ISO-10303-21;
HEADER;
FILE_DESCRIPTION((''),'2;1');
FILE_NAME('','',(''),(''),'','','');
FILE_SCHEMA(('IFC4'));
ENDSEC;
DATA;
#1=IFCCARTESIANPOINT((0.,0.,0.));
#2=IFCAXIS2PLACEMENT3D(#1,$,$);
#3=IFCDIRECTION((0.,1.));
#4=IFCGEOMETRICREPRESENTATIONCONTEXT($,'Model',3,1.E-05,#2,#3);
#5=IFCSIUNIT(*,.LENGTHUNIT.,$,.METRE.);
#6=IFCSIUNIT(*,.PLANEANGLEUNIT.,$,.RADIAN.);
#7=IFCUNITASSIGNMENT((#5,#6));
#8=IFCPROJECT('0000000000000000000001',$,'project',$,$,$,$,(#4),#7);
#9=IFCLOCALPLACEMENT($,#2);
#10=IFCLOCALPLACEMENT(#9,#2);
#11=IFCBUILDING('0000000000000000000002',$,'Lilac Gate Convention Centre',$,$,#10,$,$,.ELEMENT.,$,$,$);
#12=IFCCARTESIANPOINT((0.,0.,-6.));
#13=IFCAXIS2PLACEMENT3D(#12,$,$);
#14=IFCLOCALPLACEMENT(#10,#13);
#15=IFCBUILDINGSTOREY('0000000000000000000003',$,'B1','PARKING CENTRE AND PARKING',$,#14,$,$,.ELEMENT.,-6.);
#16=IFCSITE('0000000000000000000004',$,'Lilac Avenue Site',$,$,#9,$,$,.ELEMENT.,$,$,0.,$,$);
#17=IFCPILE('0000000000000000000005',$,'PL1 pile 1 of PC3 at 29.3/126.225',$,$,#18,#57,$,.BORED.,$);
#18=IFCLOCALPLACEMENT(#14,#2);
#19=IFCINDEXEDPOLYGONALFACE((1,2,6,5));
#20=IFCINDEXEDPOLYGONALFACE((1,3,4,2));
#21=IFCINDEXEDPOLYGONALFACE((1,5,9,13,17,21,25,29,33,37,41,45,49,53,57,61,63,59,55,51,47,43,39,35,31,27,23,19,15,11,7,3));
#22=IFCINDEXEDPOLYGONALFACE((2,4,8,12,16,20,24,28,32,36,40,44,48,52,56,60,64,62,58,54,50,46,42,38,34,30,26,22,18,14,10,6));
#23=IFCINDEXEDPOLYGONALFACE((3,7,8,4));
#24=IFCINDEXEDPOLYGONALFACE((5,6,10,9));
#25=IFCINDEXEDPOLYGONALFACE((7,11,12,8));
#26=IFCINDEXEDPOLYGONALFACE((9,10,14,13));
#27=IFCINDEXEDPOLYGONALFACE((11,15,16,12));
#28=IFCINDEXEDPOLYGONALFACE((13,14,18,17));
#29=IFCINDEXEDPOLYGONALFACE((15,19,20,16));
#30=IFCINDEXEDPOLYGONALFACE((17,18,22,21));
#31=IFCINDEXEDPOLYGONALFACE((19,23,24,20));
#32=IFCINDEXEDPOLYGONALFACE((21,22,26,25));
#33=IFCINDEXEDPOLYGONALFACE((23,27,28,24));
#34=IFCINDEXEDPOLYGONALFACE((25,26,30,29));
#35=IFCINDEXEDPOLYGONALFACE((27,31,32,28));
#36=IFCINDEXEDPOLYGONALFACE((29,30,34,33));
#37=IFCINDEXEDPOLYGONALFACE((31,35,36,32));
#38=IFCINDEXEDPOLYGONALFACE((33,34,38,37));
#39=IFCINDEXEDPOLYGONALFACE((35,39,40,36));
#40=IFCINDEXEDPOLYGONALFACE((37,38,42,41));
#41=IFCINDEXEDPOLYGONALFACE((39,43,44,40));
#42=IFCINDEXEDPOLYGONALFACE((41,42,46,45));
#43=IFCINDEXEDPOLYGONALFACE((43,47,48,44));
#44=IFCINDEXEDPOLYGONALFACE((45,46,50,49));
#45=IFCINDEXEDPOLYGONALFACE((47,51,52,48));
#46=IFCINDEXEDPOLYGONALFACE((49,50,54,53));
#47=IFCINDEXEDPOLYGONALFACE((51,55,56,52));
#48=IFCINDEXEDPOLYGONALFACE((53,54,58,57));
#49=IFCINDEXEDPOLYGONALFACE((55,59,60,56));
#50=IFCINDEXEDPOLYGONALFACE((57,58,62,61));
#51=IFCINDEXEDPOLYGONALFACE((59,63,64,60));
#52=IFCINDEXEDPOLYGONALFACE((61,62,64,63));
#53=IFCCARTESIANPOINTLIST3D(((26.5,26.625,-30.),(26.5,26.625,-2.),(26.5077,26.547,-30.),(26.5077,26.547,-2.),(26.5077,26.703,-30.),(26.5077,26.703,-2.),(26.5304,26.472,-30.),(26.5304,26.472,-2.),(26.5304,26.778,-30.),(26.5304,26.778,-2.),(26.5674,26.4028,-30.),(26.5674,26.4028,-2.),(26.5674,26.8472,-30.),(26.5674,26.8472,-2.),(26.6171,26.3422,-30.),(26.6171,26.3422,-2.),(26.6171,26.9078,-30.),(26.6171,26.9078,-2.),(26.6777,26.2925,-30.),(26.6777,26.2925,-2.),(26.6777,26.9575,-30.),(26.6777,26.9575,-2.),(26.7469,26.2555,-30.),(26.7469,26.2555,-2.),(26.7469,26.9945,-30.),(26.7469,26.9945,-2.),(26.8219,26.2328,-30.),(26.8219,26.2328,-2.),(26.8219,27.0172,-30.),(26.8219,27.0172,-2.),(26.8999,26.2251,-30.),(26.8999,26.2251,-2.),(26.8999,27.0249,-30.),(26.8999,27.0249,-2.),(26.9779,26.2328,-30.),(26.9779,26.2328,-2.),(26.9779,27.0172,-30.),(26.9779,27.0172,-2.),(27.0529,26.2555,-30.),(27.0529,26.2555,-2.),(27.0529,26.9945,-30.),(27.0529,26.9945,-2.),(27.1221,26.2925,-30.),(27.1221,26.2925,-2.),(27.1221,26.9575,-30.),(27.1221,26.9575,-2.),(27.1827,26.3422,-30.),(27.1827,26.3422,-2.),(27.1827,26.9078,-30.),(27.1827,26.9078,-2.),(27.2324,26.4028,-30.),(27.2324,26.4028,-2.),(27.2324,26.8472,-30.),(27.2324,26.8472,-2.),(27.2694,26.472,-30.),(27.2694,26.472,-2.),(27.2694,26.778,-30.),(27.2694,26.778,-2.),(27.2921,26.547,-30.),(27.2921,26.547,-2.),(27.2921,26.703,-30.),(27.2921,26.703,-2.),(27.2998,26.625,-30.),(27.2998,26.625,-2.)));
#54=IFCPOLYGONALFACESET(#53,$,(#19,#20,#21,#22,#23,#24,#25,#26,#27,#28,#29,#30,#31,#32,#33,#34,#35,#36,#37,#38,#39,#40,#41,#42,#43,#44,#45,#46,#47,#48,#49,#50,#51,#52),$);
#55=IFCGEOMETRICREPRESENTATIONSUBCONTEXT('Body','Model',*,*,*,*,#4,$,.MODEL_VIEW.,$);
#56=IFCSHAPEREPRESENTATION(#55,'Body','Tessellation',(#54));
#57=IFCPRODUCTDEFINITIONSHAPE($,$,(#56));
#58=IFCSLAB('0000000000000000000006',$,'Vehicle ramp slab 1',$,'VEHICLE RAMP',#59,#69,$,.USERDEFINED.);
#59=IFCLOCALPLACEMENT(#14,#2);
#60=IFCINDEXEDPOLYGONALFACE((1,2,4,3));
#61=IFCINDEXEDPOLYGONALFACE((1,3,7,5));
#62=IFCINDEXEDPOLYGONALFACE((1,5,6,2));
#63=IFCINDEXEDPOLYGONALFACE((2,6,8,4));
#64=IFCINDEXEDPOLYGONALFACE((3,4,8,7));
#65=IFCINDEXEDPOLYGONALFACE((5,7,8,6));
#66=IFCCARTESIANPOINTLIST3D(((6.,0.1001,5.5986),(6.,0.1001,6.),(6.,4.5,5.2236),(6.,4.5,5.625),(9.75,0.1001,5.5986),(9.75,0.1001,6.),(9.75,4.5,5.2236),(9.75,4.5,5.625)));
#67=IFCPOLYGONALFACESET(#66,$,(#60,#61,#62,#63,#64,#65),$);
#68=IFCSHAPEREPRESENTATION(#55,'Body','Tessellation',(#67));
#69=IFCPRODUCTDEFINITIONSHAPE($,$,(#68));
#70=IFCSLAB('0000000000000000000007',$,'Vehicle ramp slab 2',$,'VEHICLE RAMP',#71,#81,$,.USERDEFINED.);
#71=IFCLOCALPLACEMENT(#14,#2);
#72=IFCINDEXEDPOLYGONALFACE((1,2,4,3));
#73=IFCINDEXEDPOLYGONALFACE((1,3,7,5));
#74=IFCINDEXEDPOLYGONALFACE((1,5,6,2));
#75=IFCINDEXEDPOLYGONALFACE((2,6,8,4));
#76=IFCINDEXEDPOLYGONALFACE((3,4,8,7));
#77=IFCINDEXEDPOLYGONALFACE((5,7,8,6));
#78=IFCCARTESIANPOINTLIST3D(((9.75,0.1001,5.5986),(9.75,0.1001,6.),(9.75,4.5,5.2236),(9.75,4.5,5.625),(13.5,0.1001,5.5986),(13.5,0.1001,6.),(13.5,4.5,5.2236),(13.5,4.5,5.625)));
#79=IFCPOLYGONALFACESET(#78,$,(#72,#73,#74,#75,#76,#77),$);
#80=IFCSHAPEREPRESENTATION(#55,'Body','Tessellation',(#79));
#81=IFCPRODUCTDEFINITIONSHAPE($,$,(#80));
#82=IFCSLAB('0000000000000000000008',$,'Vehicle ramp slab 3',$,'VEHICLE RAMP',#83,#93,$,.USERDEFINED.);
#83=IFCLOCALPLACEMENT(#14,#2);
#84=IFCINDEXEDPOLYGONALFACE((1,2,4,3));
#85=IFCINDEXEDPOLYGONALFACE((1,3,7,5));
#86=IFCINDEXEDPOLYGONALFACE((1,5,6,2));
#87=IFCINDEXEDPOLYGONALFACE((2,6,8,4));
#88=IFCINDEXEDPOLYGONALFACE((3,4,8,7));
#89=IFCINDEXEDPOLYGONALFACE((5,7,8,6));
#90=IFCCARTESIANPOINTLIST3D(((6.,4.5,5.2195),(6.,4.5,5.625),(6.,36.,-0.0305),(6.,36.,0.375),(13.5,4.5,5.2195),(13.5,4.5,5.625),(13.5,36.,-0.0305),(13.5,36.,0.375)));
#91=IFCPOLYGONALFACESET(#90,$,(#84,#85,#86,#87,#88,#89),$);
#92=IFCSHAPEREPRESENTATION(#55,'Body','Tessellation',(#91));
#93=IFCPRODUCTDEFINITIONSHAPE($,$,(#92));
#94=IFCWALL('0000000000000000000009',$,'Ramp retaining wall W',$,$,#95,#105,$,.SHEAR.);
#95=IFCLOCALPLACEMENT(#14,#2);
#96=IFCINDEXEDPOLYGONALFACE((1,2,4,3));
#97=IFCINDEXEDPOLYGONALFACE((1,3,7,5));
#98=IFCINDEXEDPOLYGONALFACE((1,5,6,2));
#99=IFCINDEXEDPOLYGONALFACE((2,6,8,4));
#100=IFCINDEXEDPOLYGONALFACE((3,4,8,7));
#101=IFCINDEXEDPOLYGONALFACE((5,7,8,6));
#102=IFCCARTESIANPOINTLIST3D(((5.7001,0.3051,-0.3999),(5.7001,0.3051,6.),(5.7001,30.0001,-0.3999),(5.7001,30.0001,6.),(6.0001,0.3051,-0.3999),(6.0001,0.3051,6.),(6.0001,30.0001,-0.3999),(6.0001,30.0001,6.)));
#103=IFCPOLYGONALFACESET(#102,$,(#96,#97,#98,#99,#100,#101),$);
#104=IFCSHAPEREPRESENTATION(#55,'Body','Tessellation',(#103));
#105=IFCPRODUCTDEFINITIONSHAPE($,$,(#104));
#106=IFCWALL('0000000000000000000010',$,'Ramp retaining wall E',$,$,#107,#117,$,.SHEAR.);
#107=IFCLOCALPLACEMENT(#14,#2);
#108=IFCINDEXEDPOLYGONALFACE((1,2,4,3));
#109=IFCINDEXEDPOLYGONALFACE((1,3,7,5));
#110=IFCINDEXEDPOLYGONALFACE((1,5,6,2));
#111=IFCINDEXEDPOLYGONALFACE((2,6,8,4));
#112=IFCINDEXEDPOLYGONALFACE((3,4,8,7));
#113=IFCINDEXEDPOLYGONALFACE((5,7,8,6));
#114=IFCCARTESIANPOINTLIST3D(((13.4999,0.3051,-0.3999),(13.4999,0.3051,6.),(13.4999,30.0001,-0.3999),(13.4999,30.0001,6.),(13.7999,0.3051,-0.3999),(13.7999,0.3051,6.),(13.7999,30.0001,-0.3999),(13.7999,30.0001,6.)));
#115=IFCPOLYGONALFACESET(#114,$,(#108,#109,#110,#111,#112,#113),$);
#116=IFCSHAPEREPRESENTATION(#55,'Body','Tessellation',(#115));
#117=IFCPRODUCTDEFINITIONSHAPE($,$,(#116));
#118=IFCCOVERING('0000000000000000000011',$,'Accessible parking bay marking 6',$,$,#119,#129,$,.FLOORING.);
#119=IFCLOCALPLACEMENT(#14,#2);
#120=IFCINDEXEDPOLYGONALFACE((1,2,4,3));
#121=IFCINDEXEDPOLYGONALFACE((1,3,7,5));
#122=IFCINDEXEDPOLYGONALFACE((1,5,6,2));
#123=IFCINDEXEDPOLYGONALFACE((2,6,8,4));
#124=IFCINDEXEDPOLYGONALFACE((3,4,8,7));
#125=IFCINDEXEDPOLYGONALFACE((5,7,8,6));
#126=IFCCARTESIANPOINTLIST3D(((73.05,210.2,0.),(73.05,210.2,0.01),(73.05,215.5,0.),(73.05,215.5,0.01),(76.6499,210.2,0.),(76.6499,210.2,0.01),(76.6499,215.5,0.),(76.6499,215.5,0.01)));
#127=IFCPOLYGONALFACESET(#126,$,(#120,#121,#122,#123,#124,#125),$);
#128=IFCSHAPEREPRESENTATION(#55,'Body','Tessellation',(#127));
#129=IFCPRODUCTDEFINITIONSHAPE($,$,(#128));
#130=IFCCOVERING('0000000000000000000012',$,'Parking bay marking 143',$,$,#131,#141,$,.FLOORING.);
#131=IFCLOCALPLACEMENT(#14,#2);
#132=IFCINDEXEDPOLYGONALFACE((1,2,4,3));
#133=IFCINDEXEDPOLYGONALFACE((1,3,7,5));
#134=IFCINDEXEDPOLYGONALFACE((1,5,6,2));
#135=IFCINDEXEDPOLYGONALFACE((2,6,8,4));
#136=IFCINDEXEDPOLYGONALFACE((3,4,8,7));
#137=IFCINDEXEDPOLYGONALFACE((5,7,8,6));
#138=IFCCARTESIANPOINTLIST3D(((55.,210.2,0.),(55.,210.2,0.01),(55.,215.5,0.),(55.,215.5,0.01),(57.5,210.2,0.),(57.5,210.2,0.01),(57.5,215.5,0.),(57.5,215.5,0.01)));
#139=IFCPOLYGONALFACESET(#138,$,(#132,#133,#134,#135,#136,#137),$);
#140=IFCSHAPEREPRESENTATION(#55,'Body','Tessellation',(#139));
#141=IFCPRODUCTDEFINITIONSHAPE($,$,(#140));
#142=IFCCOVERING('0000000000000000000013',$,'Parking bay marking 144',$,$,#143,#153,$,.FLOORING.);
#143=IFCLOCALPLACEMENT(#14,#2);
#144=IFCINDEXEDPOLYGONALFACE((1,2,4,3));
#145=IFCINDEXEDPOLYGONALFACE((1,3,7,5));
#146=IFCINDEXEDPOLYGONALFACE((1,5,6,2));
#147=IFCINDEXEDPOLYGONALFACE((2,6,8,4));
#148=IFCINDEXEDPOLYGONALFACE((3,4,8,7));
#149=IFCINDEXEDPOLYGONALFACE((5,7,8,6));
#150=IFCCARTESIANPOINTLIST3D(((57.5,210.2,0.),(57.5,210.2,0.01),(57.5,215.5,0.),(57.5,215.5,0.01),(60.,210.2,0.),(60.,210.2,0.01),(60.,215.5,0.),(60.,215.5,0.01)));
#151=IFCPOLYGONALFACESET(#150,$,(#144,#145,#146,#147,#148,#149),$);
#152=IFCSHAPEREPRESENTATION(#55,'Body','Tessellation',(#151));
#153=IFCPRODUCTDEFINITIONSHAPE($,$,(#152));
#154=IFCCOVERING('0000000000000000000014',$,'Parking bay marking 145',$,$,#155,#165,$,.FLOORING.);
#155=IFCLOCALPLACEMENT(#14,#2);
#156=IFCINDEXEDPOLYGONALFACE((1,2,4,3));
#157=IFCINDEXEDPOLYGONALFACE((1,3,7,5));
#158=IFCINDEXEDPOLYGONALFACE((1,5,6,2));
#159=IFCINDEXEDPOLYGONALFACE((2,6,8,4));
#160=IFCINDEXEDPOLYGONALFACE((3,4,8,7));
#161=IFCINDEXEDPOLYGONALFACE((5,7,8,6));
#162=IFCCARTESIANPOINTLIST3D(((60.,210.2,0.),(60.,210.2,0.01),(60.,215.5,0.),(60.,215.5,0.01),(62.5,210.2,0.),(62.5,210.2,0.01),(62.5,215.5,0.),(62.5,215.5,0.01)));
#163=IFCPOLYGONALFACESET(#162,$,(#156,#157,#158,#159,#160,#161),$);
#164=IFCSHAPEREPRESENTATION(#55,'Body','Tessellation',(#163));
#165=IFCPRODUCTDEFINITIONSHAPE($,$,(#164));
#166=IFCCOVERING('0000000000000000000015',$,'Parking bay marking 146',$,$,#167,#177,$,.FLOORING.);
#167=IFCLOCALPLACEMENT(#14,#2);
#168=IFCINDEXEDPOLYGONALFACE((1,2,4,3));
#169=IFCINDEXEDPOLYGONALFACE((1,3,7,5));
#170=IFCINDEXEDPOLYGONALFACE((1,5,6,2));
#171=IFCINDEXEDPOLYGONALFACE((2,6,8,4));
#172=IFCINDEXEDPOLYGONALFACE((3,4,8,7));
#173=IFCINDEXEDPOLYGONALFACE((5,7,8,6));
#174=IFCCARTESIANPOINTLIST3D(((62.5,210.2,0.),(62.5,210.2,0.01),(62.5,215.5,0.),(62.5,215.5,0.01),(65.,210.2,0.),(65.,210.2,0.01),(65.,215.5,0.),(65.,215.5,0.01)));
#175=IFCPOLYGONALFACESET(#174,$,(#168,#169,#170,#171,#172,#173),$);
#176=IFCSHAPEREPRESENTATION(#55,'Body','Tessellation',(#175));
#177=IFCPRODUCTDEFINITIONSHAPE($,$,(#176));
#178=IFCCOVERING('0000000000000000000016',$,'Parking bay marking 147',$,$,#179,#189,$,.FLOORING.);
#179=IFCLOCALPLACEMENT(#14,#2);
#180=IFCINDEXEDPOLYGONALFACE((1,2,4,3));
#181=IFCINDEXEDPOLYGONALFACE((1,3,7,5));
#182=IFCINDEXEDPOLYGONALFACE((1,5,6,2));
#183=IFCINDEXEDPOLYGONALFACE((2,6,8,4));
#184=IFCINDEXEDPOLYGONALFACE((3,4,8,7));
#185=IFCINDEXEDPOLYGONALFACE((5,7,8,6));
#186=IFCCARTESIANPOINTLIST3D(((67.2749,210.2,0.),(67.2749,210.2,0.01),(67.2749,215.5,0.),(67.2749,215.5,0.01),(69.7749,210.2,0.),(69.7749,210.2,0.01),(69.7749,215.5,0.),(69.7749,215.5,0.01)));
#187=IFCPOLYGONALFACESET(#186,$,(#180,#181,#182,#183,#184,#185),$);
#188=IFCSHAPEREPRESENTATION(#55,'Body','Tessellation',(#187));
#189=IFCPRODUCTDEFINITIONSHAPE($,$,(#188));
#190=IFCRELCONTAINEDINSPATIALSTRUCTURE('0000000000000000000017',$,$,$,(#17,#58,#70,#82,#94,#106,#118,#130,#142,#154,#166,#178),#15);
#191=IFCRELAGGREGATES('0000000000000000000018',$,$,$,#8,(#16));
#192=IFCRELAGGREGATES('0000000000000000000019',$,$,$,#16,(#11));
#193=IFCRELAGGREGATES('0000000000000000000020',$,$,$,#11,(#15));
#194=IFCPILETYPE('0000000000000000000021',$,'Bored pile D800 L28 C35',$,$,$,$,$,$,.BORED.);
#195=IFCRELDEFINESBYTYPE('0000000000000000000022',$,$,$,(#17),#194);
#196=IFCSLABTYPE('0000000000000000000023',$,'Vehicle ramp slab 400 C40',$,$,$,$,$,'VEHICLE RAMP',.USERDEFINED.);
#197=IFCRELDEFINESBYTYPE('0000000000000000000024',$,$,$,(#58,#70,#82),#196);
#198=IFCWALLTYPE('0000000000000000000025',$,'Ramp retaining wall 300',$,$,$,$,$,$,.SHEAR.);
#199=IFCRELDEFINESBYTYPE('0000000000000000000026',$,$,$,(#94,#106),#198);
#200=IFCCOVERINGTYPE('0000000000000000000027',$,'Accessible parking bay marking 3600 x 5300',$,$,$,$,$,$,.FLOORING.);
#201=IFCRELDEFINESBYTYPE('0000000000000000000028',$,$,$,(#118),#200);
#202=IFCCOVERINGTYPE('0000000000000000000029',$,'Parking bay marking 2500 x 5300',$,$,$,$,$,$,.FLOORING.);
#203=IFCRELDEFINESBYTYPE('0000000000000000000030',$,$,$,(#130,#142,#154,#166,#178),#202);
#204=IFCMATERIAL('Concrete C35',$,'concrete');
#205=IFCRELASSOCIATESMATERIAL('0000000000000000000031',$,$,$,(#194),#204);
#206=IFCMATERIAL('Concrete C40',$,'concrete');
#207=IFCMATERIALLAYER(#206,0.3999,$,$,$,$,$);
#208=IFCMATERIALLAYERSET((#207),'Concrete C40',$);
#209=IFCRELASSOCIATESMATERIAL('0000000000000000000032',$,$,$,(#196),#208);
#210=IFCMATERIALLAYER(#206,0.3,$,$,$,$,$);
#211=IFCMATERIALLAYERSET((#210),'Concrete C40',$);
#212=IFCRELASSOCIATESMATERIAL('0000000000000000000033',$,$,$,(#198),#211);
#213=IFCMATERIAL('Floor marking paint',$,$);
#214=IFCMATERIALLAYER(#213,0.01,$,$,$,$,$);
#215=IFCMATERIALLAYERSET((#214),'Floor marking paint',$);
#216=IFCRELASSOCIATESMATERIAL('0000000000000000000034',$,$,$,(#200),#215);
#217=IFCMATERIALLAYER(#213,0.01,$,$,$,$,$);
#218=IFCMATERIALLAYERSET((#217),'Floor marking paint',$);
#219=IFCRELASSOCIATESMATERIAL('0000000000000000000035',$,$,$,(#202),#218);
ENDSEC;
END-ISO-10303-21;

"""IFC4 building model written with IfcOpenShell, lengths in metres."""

from ifc_helpers import new_model, si_unit, direction, frame, frame_2d, origin, origin_2d, place, context, subcontext, project, spatial, polyline, rectangle, circle, outline, extrude, material, layer, layer_set, material_profile, profile_set, type_object, element, save


model = new_model("IFC4")

# Units and contexts
model_context = context("Model", 3, precision=1e-05, world=origin(), true_north=direction((0.0, 1.0)))
body_context = subcontext(model_context, "Body", "Model", "MODEL_VIEW")
ifc_project = project(units=[si_unit("LENGTHUNIT", "METRE"), si_unit("PLANEANGLEUNIT", "RADIAN")], contexts=[model_context])

# Site, building, storey
site_placement = place(None, origin())
site = spatial("IfcSite", under=ifc_project, at=site_placement, Name="Lilac Avenue Site", CompositionType="ELEMENT", RefElevation=0.0)
building_placement = place(site_placement, origin())
building = spatial("IfcBuilding", under=site, at=building_placement, Name="Lilac Gate Convention Centre", CompositionType="ELEMENT")
storey_placement = place(building_placement, frame((0.0, 0.0, -6.0)))
storey = spatial("IfcBuildingStorey", under=building, at=storey_placement, Name="B1", Description="PARKING CENTRE AND PARKING", CompositionType="ELEMENT", Elevation=-6.0)

# Pile
ifc_material_1 = material(Name="Concrete C35", Category="concrete")
ifc_material_profile = material_profile(ifc_material_1, circle(Radius=0.3999, at=origin_2d()), Name="D800")
ifc_profile_set = profile_set([ifc_material_profile], Name="Concrete C35")
pile_type = type_object("IfcPileType", Name="Bored pile D800 L28 C35", PredefinedType="BORED", material=ifc_profile_set)
pile_placement = place(storey_placement, frame((26.8999, 26.625, -2.0), z_axis=(0.0, 0.0, -1.0), x_axis=(1.0, 0.0, 0.0)))
element("IfcPile", 1, at=pile_placement, inside=storey, type_object=pile_type, Name="PL1 pile 1 of PC3 at 29.3/126.225", PredefinedType="BORED", context=body_context, shape_type="SweptSolid", body=[
    extrude(circle(Radius=0.3999, at=origin_2d()), origin(), (0.0, 0.0, 1.0), 28.0),
])

# Slabs
ifc_material_2 = material(Name="Concrete C40", Category="concrete")
ifc_layer_1 = layer(ifc_material_2, 0.3999)
ifc_layer_set_1 = layer_set([ifc_layer_1], Name="Concrete C40")
slab_type = type_object("IfcSlabType", Name="Vehicle ramp slab 400 C40", ElementType="VEHICLE RAMP", PredefinedType="USERDEFINED", material=ifc_layer_set_1)
for number, where, z_axis, x_axis, name in (
    (2, (7.875, 0.1001, 6.0), (0.0, 0.0, 1.0), (0.0, 1.0, 0.0), "Vehicle ramp slab 1"),
    (3, (11.625, 0.1001, 6.0), (0.0, 0.0, 1.0), (0.0, 1.0, 0.0), "Vehicle ramp slab 2"),
):
    element("IfcSlab", number, at=place(storey_placement, frame(where, z_axis=z_axis, x_axis=x_axis)), inside=storey, type_object=slab_type, Name=name, ObjectType="VEHICLE RAMP", PredefinedType="USERDEFINED", context=body_context, shape_type="SweptSolid", body=[
        extrude(outline(polyline([(0.0, 0.0), (4.3999, -0.375), (4.3999, -0.7764), (0.0, -0.4014), (0.0, 0.0)])), frame((0.0, 1.875, 0.0), z_axis=(0.0, -1.0, 0.0), x_axis=(1.0, 0.0, 0.0)), (0.0, 0.0, 1.0), 3.75),
    ])
slab_placement = place(storey_placement, frame((9.75, 4.5, 5.625), z_axis=(0.0, 0.0, 1.0), x_axis=(0.0, 1.0, 0.0)))
element("IfcSlab", 4, at=slab_placement, inside=storey, type_object=slab_type, Name="Vehicle ramp slab 3", ObjectType="VEHICLE RAMP", PredefinedType="USERDEFINED", context=body_context, shape_type="SweptSolid", body=[
    extrude(outline(polyline([(0.0, 0.0), (31.5, -5.25), (31.5, -5.6555), (0.0, -0.4055), (0.0, 0.0)])), frame((0.0, 3.75, 0.0), z_axis=(0.0, -1.0, 0.0), x_axis=(1.0, 0.0, 0.0)), (0.0, 0.0, 1.0), 7.5),
])

# Walls
ifc_layer_2 = layer(ifc_material_2, 0.3)
ifc_layer_set_2 = layer_set([ifc_layer_2], Name="Concrete C40")
wall_type = type_object("IfcWallType", Name="Ramp retaining wall 300", PredefinedType="SHEAR", material=ifc_layer_set_2)
for number, where, z_axis, x_axis, name in (
    (5, (5.8501, 0.3049, -0.3999), (0.0, 0.0, 1.0), (0.0, 1.0, 0.0), "Ramp retaining wall W"),
    (6, (13.6499, 0.3049, -0.3999), (0.0, 0.0, 1.0), (0.0, 1.0, 0.0), "Ramp retaining wall E"),
):
    element("IfcWall", number, at=place(storey_placement, frame(where, z_axis=z_axis, x_axis=x_axis)), inside=storey, type_object=wall_type, Name=name, PredefinedType="SHEAR", context=body_context, shape_type="SweptSolid", body=[
        extrude(rectangle(XDim=29.6951, YDim=0.3, at=frame_2d((14.8477, 0.0))), origin(), (0.0, 0.0, 1.0), 6.3999),
    ])

# Coverings
ifc_material_3 = material(Name="Floor marking paint")
ifc_layer_3 = layer(ifc_material_3, 0.01)
ifc_layer_set_3 = layer_set([ifc_layer_3], Name="Floor marking paint")
covering_type_1 = type_object("IfcCoveringType", Name="Accessible parking bay marking 3600 x 5300", PredefinedType="FLOORING", material=ifc_layer_set_3)
covering_1_placement = place(storey_placement, origin())
element("IfcCovering", 7, at=covering_1_placement, inside=storey, type_object=covering_type_1, Name="Accessible parking bay marking 6", PredefinedType="FLOORING", context=body_context, shape_type="SweptSolid", body=[
    extrude(outline(polyline([(73.05, 210.2), (76.6499, 210.2), (76.6499, 215.5), (73.05, 215.5), (73.05, 210.2)])), origin(), (0.0, 0.0, 1.0), 0.01),
])
ifc_layer_4 = layer(ifc_material_3, 0.01)
ifc_layer_set_4 = layer_set([ifc_layer_4], Name="Floor marking paint")
covering_type_2 = type_object("IfcCoveringType", Name="Parking bay marking 2500 x 5300", PredefinedType="FLOORING", material=ifc_layer_set_4)
covering_2_placement = place(storey_placement, origin())
element("IfcCovering", 8, at=covering_2_placement, inside=storey, type_object=covering_type_2, Name="Parking bay marking 143", PredefinedType="FLOORING", context=body_context, shape_type="SweptSolid", body=[
    extrude(outline(polyline([(55.0, 210.2), (57.5, 210.2), (57.5, 215.5), (55.0, 215.5), (55.0, 210.2)])), origin(), (0.0, 0.0, 1.0), 0.01),
])
covering_3_placement = place(storey_placement, origin())
element("IfcCovering", 9, at=covering_3_placement, inside=storey, type_object=covering_type_2, Name="Parking bay marking 144", PredefinedType="FLOORING", context=body_context, shape_type="SweptSolid", body=[
    extrude(outline(polyline([(57.5, 210.2), (60.0, 210.2), (60.0, 215.5), (57.5, 215.5), (57.5, 210.2)])), origin(), (0.0, 0.0, 1.0), 0.01),
])
covering_4_placement = place(storey_placement, origin())
element("IfcCovering", 10, at=covering_4_placement, inside=storey, type_object=covering_type_2, Name="Parking bay marking 145", PredefinedType="FLOORING", context=body_context, shape_type="SweptSolid", body=[
    extrude(outline(polyline([(60.0, 210.2), (62.5, 210.2), (62.5, 215.5), (60.0, 215.5), (60.0, 210.2)])), origin(), (0.0, 0.0, 1.0), 0.01),
])
covering_5_placement = place(storey_placement, origin())
element("IfcCovering", 11, at=covering_5_placement, inside=storey, type_object=covering_type_2, Name="Parking bay marking 146", PredefinedType="FLOORING", context=body_context, shape_type="SweptSolid", body=[
    extrude(outline(polyline([(62.5, 210.2), (65.0, 210.2), (65.0, 215.5), (62.5, 215.5), (62.5, 210.2)])), origin(), (0.0, 0.0, 1.0), 0.01),
])
covering_6_placement = place(storey_placement, origin())
element("IfcCovering", 12, at=covering_6_placement, inside=storey, type_object=covering_type_2, Name="Parking bay marking 147", PredefinedType="FLOORING", context=body_context, shape_type="SweptSolid", body=[
    extrude(outline(polyline([(67.2749, 210.2), (69.7749, 210.2), (69.7749, 215.5), (67.2749, 215.5), (67.2749, 210.2)])), origin(), (0.0, 0.0, 1.0), 0.01),
])

save(model, "model.ifc")
